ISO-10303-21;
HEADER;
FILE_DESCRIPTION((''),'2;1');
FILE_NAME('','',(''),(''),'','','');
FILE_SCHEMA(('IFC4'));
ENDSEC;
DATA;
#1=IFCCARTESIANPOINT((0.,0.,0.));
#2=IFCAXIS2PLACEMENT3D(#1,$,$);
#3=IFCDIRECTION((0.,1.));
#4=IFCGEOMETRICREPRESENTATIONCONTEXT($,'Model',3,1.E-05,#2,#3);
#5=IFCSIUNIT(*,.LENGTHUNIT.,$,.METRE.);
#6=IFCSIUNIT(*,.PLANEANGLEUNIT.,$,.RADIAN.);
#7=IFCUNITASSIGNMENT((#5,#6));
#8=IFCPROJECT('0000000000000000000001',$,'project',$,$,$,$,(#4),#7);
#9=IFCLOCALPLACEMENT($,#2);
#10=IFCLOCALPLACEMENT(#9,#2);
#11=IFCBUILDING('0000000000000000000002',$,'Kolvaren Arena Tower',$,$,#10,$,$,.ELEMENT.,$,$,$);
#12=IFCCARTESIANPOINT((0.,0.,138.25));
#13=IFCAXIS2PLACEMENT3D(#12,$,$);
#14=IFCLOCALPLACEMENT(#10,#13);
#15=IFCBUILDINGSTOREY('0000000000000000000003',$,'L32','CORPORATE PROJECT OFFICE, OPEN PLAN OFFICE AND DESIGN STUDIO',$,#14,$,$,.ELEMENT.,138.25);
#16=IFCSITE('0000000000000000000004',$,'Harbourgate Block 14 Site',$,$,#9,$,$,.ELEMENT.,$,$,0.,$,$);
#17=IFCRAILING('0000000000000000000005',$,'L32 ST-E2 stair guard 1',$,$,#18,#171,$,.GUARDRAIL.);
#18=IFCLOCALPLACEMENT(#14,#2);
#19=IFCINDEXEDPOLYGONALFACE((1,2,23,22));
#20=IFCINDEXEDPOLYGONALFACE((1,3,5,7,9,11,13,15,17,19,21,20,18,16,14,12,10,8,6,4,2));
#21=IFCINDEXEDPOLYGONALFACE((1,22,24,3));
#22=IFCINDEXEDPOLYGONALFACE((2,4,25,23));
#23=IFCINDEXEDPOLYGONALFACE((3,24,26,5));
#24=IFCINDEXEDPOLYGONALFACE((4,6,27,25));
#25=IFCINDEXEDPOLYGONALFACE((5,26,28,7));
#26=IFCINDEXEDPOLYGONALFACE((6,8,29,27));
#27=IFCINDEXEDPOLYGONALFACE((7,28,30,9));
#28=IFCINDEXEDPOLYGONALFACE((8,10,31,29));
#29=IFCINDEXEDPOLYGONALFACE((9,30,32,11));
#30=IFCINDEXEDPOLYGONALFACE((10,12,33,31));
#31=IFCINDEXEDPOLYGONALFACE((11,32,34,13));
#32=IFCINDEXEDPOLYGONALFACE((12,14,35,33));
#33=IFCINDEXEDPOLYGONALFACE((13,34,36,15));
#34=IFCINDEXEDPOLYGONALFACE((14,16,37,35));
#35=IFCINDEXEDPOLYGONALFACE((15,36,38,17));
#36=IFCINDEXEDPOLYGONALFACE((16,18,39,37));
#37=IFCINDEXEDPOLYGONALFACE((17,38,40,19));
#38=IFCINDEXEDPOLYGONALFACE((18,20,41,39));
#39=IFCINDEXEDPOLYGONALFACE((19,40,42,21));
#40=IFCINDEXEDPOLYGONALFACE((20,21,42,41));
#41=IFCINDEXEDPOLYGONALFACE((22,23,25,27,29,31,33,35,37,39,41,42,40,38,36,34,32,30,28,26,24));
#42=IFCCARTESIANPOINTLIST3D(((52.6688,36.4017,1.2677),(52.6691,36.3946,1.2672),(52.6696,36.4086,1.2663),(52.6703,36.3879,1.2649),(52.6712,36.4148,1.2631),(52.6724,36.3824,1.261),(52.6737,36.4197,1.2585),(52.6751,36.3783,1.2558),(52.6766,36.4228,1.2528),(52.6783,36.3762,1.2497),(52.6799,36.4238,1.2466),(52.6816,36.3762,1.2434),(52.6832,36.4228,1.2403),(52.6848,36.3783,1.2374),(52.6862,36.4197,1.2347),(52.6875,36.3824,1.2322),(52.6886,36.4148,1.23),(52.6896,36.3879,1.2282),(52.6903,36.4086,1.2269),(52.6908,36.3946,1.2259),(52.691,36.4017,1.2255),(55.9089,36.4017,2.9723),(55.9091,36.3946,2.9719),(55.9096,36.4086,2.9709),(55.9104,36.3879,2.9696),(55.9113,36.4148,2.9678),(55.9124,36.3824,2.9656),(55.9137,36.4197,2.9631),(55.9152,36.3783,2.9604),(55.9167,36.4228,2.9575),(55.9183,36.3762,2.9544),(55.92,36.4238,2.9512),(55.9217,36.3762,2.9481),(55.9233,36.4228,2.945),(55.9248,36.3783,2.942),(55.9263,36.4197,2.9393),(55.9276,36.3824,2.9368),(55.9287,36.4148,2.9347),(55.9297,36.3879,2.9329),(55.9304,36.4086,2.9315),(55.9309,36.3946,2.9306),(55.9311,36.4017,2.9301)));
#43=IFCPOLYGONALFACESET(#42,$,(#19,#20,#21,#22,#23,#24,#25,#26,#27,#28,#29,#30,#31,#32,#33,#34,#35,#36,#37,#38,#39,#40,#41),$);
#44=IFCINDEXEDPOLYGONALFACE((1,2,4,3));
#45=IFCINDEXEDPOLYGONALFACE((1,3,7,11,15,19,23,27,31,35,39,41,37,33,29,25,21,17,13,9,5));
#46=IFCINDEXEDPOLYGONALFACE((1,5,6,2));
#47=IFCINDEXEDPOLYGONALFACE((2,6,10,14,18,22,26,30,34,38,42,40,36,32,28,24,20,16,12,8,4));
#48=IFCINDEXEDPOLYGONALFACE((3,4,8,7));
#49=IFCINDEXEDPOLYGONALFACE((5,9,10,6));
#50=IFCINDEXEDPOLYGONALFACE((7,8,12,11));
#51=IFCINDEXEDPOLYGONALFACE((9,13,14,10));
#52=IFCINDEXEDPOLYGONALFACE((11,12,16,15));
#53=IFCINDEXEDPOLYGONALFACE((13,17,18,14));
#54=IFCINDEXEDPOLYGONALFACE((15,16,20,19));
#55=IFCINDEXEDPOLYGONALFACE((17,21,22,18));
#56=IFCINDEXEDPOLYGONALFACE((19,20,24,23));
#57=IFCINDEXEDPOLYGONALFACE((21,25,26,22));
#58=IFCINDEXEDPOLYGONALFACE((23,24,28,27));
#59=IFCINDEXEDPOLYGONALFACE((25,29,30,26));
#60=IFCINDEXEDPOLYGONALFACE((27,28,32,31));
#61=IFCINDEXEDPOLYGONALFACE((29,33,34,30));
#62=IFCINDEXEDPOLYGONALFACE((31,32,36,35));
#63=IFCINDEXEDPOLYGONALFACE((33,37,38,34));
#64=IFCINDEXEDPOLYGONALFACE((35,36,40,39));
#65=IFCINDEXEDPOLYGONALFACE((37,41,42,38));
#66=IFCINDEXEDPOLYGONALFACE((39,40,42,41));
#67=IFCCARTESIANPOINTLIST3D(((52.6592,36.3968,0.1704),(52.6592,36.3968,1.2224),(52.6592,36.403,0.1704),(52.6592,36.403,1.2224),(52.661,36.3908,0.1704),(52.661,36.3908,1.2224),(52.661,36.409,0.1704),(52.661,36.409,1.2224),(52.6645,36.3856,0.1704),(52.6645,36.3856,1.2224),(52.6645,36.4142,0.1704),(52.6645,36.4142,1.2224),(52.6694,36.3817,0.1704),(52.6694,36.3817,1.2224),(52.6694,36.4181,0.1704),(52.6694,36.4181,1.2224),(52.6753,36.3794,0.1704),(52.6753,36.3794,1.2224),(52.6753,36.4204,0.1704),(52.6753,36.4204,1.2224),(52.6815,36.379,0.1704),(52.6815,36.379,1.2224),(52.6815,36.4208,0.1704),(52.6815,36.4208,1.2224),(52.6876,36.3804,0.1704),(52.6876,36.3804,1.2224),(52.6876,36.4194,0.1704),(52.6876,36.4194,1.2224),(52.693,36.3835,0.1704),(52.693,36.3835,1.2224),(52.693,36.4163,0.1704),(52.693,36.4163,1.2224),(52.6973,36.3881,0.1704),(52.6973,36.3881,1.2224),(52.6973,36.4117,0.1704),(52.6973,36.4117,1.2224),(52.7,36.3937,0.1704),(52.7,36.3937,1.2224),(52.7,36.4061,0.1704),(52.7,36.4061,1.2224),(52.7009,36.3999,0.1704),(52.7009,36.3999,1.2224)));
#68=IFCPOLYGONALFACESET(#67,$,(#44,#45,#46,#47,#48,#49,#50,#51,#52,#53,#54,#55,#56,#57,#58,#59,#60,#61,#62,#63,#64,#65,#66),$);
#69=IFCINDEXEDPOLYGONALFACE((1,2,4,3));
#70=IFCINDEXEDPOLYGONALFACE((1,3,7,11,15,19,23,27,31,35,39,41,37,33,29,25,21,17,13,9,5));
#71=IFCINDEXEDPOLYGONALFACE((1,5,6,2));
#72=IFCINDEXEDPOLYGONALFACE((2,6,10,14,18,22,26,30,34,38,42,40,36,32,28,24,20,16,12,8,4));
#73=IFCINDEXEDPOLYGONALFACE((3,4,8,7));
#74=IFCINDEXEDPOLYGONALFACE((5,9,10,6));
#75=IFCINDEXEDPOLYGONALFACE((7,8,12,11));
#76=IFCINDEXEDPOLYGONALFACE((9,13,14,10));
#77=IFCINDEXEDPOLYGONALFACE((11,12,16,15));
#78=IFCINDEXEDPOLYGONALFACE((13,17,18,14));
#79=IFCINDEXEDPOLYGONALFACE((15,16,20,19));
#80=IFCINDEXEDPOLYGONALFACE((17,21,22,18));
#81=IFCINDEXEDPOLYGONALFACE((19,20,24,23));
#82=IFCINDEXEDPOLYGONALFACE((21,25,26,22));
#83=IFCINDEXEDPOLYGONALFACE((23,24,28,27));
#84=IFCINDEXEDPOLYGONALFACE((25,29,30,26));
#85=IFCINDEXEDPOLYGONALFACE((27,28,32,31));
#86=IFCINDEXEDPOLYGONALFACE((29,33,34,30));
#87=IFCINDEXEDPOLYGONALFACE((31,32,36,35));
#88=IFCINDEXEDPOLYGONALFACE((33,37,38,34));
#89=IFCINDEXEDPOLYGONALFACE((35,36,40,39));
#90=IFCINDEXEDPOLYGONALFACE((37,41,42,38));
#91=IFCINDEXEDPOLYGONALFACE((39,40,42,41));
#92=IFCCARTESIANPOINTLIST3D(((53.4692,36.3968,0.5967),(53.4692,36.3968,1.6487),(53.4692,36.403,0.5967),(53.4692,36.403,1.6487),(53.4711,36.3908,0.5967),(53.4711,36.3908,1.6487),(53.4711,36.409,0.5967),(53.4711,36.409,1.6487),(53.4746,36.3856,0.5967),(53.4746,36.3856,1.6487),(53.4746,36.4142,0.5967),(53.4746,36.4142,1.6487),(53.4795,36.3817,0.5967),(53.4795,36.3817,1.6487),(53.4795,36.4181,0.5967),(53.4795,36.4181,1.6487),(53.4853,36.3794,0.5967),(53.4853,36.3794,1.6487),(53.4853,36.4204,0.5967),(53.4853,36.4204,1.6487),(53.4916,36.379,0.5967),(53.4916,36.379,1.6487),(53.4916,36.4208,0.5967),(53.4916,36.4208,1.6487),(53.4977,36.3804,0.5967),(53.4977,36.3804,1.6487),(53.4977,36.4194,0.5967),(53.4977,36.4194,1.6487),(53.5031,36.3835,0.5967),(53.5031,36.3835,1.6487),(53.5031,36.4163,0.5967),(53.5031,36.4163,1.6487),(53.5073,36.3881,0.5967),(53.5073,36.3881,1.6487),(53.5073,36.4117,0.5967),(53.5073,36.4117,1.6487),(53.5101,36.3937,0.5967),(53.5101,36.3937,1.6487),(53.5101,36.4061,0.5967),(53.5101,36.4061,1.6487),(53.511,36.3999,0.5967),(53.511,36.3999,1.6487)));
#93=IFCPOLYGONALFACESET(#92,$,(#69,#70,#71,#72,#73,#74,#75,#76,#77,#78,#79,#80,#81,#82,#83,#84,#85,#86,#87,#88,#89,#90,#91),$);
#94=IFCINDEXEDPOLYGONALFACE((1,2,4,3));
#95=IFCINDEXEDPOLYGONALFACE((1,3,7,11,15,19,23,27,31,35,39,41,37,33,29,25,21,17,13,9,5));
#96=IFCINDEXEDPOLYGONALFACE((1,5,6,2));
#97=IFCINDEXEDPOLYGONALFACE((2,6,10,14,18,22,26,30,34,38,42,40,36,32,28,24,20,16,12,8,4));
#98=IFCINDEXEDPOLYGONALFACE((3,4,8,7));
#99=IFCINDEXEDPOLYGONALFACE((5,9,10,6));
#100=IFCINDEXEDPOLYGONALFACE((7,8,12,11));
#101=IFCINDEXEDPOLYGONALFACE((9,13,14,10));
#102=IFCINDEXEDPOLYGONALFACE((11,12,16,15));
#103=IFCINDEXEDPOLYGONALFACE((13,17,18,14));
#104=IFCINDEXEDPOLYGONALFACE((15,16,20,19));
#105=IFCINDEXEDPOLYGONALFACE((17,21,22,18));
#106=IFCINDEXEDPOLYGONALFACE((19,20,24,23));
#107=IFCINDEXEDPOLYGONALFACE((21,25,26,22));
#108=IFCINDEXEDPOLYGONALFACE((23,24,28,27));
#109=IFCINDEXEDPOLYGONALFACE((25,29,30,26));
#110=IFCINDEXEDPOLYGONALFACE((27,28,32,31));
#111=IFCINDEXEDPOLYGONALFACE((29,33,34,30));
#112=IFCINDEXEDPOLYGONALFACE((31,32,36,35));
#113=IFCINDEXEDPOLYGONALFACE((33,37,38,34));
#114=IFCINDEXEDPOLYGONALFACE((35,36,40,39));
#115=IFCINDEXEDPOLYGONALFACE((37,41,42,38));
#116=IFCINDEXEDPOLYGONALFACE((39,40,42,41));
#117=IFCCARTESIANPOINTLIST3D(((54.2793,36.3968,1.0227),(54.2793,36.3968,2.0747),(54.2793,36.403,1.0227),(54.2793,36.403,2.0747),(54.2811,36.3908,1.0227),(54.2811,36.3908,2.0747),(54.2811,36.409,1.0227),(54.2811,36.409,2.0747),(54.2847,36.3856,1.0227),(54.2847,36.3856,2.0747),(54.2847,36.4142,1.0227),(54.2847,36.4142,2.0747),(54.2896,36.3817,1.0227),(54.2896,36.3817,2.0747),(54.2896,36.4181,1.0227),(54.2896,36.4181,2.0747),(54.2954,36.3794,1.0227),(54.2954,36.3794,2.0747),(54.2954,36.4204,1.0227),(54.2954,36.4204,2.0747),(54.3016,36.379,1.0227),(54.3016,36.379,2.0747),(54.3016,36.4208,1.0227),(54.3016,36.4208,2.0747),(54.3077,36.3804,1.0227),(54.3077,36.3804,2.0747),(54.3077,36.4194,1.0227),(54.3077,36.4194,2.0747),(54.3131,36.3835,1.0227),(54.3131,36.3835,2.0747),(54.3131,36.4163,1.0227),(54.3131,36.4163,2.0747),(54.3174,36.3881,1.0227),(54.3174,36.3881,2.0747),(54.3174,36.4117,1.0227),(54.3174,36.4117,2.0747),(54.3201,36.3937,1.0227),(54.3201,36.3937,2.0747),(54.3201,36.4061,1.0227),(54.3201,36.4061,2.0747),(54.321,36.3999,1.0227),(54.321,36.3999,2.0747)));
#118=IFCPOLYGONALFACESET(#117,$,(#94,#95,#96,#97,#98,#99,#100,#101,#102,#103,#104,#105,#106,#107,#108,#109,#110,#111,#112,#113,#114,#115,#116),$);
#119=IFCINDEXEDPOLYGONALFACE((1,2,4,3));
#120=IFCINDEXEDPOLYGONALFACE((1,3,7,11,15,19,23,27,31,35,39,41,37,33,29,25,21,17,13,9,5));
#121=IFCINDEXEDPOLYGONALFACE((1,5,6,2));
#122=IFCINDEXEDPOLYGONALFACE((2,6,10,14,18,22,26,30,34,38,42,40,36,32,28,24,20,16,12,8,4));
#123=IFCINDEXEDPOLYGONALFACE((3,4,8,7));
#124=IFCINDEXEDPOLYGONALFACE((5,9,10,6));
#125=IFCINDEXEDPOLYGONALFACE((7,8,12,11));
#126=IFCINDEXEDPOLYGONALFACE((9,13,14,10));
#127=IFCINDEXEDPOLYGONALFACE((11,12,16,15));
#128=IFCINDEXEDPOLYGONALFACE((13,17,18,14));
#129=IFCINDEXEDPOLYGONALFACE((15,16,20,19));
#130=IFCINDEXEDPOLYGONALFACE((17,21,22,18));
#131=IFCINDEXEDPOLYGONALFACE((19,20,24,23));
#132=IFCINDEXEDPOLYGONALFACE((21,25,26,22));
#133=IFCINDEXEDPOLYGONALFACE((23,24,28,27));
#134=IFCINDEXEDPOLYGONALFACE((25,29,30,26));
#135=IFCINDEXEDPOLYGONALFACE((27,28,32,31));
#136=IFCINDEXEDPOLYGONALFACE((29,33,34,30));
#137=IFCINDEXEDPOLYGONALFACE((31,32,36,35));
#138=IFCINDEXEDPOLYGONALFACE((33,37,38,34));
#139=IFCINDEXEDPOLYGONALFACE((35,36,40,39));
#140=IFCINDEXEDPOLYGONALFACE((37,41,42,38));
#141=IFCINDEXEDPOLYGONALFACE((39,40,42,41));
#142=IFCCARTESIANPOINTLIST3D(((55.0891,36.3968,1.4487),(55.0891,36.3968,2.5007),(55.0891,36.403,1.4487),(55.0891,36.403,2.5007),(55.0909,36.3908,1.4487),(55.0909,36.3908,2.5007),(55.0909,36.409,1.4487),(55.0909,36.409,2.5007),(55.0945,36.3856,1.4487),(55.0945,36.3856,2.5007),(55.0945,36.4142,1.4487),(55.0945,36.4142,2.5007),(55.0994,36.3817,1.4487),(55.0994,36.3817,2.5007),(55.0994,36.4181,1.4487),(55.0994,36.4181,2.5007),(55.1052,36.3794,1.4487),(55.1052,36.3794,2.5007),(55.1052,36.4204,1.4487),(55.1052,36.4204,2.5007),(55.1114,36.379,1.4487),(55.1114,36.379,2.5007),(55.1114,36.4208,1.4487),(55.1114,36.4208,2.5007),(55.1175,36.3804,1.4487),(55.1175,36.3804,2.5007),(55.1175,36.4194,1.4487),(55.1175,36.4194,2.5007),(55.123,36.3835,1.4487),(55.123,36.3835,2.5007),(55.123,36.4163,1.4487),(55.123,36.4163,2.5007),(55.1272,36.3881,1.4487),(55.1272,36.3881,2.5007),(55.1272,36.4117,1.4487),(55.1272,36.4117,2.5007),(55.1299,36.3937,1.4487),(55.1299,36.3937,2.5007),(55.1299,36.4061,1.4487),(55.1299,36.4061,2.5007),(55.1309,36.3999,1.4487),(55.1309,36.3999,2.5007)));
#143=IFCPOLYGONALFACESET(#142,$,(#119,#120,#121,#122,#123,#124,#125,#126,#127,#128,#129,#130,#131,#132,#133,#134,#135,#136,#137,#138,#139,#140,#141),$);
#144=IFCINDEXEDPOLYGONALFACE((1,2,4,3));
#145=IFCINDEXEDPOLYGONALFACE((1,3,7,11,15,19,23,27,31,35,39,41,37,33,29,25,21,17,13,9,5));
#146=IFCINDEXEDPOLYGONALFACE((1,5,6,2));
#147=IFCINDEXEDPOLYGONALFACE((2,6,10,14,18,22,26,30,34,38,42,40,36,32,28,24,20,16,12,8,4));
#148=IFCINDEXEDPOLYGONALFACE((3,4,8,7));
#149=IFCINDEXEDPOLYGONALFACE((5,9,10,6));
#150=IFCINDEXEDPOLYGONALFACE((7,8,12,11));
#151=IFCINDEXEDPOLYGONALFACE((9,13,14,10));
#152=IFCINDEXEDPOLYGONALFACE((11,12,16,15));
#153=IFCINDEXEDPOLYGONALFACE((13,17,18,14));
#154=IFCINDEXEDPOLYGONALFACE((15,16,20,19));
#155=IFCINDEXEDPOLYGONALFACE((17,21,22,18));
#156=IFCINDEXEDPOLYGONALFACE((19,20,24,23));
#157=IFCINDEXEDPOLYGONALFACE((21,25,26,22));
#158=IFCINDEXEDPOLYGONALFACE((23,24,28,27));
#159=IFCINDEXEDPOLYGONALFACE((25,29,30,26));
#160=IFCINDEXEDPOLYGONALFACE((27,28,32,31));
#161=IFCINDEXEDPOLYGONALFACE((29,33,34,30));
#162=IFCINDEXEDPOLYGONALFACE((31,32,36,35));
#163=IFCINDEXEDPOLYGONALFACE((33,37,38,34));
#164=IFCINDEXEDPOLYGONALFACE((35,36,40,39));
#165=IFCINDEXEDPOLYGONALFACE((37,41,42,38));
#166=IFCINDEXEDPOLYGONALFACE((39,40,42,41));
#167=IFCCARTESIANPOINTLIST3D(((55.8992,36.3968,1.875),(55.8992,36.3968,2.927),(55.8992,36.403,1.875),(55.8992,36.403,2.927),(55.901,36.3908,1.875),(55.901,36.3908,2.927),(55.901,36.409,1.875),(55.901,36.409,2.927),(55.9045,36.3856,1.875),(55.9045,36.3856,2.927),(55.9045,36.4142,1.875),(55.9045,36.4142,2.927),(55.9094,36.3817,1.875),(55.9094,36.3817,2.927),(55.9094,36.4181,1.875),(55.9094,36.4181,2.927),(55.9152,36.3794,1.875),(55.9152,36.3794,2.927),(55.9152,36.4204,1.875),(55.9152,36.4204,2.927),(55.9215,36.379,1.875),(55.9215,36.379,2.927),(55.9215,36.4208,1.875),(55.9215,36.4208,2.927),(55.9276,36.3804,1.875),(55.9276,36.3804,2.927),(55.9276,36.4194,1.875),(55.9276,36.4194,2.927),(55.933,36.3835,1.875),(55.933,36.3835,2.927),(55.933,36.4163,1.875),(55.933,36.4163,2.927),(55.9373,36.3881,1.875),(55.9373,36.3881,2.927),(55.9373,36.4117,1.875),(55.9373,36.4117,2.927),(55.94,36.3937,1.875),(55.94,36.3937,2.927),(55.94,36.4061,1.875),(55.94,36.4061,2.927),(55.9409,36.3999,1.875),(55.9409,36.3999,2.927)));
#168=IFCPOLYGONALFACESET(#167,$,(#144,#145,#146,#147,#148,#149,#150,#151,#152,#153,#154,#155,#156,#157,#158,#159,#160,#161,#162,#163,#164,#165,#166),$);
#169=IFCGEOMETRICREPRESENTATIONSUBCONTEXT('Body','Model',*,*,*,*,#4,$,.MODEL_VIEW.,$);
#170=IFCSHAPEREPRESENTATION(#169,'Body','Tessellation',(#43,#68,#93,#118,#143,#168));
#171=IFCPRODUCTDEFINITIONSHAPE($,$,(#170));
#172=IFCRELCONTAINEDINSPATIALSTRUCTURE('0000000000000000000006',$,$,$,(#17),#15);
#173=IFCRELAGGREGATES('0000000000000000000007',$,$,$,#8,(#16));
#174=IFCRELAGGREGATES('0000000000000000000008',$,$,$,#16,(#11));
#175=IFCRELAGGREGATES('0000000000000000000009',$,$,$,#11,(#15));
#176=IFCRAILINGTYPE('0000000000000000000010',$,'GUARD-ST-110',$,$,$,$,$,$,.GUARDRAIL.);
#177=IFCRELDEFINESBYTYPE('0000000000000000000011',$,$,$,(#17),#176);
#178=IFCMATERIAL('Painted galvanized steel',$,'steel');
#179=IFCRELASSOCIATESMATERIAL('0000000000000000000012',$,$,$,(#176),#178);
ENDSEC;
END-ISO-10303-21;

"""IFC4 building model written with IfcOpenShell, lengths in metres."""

from ifc_helpers import new_model, si_unit, direction, frame, origin, origin_2d, place, context, subcontext, project, spatial, circle, extrude, material, type_object, element, save


model = new_model("IFC4")

# Units and contexts
model_context = context("Model", 3, precision=1e-05, world=origin(), true_north=direction((0.0, 1.0)))
body_context = subcontext(model_context, "Body", "Model", "MODEL_VIEW")
ifc_project = project(units=[si_unit("LENGTHUNIT", "METRE"), si_unit("PLANEANGLEUNIT", "RADIAN")], contexts=[model_context])

# Site, building, storey
site_placement = place(None, origin())
site = spatial("IfcSite", under=ifc_project, at=site_placement, Name="Harbourgate Block 14 Site", CompositionType="ELEMENT", RefElevation=0.0)
building_placement = place(site_placement, origin())
building = spatial("IfcBuilding", under=site, at=building_placement, Name="Kolvaren Arena Tower", CompositionType="ELEMENT")
storey_placement = place(building_placement, frame((0.0, 0.0, 138.25)))
storey = spatial("IfcBuildingStorey", under=building, at=storey_placement, Name="L32", Description="CORPORATE PROJECT OFFICE, OPEN PLAN OFFICE AND DESIGN STUDIO", CompositionType="ELEMENT", Elevation=138.25)

# Railing
ifc_material_1 = material(Name="Painted galvanized steel", Category="steel")
railing_type_1 = type_object("IfcRailingType", Name="GUARD-ST-110", PredefinedType="GUARDRAIL", material=ifc_material_1)
railing_1_placement = place(storey_placement, frame((52.6799, 36.3999, 0.1704)))
element("IfcRailing", 1, at=railing_1_placement, inside=storey, type_object=railing_type_1, Name="L32 ST-E2 stair guard 1", PredefinedType="GUARDRAIL", context=body_context, shape_type="SweptSolid", body=[
    extrude(circle(Radius=0.0239, at=origin_2d()), frame((0.0, 0.0, 1.0762), z_axis=(0.884993, 0.0, 0.465604), x_axis=(0.0, 1.0, 0.0)), (0.0, 0.0, 1.0), 3.6611),
    extrude(circle(Radius=0.021, at=origin_2d()), origin(), (0.0, 0.0, 1.0), 1.052),
    extrude(circle(Radius=0.021, at=origin_2d()), frame((0.8101, 0.0, 0.4263)), (0.0, 0.0, 1.0), 1.052),
    extrude(circle(Radius=0.021, at=origin_2d()), frame((1.6201, 0.0, 0.8523)), (0.0, 0.0, 1.0), 1.052),
    extrude(circle(Radius=0.021, at=origin_2d()), frame((2.4299, 0.0, 1.2783)), (0.0, 0.0, 1.0), 1.052),
    extrude(circle(Radius=0.021, at=origin_2d()), frame((3.24, 0.0, 1.7046)), (0.0, 0.0, 1.0), 1.052),
])

save(model, "model.ifc")
